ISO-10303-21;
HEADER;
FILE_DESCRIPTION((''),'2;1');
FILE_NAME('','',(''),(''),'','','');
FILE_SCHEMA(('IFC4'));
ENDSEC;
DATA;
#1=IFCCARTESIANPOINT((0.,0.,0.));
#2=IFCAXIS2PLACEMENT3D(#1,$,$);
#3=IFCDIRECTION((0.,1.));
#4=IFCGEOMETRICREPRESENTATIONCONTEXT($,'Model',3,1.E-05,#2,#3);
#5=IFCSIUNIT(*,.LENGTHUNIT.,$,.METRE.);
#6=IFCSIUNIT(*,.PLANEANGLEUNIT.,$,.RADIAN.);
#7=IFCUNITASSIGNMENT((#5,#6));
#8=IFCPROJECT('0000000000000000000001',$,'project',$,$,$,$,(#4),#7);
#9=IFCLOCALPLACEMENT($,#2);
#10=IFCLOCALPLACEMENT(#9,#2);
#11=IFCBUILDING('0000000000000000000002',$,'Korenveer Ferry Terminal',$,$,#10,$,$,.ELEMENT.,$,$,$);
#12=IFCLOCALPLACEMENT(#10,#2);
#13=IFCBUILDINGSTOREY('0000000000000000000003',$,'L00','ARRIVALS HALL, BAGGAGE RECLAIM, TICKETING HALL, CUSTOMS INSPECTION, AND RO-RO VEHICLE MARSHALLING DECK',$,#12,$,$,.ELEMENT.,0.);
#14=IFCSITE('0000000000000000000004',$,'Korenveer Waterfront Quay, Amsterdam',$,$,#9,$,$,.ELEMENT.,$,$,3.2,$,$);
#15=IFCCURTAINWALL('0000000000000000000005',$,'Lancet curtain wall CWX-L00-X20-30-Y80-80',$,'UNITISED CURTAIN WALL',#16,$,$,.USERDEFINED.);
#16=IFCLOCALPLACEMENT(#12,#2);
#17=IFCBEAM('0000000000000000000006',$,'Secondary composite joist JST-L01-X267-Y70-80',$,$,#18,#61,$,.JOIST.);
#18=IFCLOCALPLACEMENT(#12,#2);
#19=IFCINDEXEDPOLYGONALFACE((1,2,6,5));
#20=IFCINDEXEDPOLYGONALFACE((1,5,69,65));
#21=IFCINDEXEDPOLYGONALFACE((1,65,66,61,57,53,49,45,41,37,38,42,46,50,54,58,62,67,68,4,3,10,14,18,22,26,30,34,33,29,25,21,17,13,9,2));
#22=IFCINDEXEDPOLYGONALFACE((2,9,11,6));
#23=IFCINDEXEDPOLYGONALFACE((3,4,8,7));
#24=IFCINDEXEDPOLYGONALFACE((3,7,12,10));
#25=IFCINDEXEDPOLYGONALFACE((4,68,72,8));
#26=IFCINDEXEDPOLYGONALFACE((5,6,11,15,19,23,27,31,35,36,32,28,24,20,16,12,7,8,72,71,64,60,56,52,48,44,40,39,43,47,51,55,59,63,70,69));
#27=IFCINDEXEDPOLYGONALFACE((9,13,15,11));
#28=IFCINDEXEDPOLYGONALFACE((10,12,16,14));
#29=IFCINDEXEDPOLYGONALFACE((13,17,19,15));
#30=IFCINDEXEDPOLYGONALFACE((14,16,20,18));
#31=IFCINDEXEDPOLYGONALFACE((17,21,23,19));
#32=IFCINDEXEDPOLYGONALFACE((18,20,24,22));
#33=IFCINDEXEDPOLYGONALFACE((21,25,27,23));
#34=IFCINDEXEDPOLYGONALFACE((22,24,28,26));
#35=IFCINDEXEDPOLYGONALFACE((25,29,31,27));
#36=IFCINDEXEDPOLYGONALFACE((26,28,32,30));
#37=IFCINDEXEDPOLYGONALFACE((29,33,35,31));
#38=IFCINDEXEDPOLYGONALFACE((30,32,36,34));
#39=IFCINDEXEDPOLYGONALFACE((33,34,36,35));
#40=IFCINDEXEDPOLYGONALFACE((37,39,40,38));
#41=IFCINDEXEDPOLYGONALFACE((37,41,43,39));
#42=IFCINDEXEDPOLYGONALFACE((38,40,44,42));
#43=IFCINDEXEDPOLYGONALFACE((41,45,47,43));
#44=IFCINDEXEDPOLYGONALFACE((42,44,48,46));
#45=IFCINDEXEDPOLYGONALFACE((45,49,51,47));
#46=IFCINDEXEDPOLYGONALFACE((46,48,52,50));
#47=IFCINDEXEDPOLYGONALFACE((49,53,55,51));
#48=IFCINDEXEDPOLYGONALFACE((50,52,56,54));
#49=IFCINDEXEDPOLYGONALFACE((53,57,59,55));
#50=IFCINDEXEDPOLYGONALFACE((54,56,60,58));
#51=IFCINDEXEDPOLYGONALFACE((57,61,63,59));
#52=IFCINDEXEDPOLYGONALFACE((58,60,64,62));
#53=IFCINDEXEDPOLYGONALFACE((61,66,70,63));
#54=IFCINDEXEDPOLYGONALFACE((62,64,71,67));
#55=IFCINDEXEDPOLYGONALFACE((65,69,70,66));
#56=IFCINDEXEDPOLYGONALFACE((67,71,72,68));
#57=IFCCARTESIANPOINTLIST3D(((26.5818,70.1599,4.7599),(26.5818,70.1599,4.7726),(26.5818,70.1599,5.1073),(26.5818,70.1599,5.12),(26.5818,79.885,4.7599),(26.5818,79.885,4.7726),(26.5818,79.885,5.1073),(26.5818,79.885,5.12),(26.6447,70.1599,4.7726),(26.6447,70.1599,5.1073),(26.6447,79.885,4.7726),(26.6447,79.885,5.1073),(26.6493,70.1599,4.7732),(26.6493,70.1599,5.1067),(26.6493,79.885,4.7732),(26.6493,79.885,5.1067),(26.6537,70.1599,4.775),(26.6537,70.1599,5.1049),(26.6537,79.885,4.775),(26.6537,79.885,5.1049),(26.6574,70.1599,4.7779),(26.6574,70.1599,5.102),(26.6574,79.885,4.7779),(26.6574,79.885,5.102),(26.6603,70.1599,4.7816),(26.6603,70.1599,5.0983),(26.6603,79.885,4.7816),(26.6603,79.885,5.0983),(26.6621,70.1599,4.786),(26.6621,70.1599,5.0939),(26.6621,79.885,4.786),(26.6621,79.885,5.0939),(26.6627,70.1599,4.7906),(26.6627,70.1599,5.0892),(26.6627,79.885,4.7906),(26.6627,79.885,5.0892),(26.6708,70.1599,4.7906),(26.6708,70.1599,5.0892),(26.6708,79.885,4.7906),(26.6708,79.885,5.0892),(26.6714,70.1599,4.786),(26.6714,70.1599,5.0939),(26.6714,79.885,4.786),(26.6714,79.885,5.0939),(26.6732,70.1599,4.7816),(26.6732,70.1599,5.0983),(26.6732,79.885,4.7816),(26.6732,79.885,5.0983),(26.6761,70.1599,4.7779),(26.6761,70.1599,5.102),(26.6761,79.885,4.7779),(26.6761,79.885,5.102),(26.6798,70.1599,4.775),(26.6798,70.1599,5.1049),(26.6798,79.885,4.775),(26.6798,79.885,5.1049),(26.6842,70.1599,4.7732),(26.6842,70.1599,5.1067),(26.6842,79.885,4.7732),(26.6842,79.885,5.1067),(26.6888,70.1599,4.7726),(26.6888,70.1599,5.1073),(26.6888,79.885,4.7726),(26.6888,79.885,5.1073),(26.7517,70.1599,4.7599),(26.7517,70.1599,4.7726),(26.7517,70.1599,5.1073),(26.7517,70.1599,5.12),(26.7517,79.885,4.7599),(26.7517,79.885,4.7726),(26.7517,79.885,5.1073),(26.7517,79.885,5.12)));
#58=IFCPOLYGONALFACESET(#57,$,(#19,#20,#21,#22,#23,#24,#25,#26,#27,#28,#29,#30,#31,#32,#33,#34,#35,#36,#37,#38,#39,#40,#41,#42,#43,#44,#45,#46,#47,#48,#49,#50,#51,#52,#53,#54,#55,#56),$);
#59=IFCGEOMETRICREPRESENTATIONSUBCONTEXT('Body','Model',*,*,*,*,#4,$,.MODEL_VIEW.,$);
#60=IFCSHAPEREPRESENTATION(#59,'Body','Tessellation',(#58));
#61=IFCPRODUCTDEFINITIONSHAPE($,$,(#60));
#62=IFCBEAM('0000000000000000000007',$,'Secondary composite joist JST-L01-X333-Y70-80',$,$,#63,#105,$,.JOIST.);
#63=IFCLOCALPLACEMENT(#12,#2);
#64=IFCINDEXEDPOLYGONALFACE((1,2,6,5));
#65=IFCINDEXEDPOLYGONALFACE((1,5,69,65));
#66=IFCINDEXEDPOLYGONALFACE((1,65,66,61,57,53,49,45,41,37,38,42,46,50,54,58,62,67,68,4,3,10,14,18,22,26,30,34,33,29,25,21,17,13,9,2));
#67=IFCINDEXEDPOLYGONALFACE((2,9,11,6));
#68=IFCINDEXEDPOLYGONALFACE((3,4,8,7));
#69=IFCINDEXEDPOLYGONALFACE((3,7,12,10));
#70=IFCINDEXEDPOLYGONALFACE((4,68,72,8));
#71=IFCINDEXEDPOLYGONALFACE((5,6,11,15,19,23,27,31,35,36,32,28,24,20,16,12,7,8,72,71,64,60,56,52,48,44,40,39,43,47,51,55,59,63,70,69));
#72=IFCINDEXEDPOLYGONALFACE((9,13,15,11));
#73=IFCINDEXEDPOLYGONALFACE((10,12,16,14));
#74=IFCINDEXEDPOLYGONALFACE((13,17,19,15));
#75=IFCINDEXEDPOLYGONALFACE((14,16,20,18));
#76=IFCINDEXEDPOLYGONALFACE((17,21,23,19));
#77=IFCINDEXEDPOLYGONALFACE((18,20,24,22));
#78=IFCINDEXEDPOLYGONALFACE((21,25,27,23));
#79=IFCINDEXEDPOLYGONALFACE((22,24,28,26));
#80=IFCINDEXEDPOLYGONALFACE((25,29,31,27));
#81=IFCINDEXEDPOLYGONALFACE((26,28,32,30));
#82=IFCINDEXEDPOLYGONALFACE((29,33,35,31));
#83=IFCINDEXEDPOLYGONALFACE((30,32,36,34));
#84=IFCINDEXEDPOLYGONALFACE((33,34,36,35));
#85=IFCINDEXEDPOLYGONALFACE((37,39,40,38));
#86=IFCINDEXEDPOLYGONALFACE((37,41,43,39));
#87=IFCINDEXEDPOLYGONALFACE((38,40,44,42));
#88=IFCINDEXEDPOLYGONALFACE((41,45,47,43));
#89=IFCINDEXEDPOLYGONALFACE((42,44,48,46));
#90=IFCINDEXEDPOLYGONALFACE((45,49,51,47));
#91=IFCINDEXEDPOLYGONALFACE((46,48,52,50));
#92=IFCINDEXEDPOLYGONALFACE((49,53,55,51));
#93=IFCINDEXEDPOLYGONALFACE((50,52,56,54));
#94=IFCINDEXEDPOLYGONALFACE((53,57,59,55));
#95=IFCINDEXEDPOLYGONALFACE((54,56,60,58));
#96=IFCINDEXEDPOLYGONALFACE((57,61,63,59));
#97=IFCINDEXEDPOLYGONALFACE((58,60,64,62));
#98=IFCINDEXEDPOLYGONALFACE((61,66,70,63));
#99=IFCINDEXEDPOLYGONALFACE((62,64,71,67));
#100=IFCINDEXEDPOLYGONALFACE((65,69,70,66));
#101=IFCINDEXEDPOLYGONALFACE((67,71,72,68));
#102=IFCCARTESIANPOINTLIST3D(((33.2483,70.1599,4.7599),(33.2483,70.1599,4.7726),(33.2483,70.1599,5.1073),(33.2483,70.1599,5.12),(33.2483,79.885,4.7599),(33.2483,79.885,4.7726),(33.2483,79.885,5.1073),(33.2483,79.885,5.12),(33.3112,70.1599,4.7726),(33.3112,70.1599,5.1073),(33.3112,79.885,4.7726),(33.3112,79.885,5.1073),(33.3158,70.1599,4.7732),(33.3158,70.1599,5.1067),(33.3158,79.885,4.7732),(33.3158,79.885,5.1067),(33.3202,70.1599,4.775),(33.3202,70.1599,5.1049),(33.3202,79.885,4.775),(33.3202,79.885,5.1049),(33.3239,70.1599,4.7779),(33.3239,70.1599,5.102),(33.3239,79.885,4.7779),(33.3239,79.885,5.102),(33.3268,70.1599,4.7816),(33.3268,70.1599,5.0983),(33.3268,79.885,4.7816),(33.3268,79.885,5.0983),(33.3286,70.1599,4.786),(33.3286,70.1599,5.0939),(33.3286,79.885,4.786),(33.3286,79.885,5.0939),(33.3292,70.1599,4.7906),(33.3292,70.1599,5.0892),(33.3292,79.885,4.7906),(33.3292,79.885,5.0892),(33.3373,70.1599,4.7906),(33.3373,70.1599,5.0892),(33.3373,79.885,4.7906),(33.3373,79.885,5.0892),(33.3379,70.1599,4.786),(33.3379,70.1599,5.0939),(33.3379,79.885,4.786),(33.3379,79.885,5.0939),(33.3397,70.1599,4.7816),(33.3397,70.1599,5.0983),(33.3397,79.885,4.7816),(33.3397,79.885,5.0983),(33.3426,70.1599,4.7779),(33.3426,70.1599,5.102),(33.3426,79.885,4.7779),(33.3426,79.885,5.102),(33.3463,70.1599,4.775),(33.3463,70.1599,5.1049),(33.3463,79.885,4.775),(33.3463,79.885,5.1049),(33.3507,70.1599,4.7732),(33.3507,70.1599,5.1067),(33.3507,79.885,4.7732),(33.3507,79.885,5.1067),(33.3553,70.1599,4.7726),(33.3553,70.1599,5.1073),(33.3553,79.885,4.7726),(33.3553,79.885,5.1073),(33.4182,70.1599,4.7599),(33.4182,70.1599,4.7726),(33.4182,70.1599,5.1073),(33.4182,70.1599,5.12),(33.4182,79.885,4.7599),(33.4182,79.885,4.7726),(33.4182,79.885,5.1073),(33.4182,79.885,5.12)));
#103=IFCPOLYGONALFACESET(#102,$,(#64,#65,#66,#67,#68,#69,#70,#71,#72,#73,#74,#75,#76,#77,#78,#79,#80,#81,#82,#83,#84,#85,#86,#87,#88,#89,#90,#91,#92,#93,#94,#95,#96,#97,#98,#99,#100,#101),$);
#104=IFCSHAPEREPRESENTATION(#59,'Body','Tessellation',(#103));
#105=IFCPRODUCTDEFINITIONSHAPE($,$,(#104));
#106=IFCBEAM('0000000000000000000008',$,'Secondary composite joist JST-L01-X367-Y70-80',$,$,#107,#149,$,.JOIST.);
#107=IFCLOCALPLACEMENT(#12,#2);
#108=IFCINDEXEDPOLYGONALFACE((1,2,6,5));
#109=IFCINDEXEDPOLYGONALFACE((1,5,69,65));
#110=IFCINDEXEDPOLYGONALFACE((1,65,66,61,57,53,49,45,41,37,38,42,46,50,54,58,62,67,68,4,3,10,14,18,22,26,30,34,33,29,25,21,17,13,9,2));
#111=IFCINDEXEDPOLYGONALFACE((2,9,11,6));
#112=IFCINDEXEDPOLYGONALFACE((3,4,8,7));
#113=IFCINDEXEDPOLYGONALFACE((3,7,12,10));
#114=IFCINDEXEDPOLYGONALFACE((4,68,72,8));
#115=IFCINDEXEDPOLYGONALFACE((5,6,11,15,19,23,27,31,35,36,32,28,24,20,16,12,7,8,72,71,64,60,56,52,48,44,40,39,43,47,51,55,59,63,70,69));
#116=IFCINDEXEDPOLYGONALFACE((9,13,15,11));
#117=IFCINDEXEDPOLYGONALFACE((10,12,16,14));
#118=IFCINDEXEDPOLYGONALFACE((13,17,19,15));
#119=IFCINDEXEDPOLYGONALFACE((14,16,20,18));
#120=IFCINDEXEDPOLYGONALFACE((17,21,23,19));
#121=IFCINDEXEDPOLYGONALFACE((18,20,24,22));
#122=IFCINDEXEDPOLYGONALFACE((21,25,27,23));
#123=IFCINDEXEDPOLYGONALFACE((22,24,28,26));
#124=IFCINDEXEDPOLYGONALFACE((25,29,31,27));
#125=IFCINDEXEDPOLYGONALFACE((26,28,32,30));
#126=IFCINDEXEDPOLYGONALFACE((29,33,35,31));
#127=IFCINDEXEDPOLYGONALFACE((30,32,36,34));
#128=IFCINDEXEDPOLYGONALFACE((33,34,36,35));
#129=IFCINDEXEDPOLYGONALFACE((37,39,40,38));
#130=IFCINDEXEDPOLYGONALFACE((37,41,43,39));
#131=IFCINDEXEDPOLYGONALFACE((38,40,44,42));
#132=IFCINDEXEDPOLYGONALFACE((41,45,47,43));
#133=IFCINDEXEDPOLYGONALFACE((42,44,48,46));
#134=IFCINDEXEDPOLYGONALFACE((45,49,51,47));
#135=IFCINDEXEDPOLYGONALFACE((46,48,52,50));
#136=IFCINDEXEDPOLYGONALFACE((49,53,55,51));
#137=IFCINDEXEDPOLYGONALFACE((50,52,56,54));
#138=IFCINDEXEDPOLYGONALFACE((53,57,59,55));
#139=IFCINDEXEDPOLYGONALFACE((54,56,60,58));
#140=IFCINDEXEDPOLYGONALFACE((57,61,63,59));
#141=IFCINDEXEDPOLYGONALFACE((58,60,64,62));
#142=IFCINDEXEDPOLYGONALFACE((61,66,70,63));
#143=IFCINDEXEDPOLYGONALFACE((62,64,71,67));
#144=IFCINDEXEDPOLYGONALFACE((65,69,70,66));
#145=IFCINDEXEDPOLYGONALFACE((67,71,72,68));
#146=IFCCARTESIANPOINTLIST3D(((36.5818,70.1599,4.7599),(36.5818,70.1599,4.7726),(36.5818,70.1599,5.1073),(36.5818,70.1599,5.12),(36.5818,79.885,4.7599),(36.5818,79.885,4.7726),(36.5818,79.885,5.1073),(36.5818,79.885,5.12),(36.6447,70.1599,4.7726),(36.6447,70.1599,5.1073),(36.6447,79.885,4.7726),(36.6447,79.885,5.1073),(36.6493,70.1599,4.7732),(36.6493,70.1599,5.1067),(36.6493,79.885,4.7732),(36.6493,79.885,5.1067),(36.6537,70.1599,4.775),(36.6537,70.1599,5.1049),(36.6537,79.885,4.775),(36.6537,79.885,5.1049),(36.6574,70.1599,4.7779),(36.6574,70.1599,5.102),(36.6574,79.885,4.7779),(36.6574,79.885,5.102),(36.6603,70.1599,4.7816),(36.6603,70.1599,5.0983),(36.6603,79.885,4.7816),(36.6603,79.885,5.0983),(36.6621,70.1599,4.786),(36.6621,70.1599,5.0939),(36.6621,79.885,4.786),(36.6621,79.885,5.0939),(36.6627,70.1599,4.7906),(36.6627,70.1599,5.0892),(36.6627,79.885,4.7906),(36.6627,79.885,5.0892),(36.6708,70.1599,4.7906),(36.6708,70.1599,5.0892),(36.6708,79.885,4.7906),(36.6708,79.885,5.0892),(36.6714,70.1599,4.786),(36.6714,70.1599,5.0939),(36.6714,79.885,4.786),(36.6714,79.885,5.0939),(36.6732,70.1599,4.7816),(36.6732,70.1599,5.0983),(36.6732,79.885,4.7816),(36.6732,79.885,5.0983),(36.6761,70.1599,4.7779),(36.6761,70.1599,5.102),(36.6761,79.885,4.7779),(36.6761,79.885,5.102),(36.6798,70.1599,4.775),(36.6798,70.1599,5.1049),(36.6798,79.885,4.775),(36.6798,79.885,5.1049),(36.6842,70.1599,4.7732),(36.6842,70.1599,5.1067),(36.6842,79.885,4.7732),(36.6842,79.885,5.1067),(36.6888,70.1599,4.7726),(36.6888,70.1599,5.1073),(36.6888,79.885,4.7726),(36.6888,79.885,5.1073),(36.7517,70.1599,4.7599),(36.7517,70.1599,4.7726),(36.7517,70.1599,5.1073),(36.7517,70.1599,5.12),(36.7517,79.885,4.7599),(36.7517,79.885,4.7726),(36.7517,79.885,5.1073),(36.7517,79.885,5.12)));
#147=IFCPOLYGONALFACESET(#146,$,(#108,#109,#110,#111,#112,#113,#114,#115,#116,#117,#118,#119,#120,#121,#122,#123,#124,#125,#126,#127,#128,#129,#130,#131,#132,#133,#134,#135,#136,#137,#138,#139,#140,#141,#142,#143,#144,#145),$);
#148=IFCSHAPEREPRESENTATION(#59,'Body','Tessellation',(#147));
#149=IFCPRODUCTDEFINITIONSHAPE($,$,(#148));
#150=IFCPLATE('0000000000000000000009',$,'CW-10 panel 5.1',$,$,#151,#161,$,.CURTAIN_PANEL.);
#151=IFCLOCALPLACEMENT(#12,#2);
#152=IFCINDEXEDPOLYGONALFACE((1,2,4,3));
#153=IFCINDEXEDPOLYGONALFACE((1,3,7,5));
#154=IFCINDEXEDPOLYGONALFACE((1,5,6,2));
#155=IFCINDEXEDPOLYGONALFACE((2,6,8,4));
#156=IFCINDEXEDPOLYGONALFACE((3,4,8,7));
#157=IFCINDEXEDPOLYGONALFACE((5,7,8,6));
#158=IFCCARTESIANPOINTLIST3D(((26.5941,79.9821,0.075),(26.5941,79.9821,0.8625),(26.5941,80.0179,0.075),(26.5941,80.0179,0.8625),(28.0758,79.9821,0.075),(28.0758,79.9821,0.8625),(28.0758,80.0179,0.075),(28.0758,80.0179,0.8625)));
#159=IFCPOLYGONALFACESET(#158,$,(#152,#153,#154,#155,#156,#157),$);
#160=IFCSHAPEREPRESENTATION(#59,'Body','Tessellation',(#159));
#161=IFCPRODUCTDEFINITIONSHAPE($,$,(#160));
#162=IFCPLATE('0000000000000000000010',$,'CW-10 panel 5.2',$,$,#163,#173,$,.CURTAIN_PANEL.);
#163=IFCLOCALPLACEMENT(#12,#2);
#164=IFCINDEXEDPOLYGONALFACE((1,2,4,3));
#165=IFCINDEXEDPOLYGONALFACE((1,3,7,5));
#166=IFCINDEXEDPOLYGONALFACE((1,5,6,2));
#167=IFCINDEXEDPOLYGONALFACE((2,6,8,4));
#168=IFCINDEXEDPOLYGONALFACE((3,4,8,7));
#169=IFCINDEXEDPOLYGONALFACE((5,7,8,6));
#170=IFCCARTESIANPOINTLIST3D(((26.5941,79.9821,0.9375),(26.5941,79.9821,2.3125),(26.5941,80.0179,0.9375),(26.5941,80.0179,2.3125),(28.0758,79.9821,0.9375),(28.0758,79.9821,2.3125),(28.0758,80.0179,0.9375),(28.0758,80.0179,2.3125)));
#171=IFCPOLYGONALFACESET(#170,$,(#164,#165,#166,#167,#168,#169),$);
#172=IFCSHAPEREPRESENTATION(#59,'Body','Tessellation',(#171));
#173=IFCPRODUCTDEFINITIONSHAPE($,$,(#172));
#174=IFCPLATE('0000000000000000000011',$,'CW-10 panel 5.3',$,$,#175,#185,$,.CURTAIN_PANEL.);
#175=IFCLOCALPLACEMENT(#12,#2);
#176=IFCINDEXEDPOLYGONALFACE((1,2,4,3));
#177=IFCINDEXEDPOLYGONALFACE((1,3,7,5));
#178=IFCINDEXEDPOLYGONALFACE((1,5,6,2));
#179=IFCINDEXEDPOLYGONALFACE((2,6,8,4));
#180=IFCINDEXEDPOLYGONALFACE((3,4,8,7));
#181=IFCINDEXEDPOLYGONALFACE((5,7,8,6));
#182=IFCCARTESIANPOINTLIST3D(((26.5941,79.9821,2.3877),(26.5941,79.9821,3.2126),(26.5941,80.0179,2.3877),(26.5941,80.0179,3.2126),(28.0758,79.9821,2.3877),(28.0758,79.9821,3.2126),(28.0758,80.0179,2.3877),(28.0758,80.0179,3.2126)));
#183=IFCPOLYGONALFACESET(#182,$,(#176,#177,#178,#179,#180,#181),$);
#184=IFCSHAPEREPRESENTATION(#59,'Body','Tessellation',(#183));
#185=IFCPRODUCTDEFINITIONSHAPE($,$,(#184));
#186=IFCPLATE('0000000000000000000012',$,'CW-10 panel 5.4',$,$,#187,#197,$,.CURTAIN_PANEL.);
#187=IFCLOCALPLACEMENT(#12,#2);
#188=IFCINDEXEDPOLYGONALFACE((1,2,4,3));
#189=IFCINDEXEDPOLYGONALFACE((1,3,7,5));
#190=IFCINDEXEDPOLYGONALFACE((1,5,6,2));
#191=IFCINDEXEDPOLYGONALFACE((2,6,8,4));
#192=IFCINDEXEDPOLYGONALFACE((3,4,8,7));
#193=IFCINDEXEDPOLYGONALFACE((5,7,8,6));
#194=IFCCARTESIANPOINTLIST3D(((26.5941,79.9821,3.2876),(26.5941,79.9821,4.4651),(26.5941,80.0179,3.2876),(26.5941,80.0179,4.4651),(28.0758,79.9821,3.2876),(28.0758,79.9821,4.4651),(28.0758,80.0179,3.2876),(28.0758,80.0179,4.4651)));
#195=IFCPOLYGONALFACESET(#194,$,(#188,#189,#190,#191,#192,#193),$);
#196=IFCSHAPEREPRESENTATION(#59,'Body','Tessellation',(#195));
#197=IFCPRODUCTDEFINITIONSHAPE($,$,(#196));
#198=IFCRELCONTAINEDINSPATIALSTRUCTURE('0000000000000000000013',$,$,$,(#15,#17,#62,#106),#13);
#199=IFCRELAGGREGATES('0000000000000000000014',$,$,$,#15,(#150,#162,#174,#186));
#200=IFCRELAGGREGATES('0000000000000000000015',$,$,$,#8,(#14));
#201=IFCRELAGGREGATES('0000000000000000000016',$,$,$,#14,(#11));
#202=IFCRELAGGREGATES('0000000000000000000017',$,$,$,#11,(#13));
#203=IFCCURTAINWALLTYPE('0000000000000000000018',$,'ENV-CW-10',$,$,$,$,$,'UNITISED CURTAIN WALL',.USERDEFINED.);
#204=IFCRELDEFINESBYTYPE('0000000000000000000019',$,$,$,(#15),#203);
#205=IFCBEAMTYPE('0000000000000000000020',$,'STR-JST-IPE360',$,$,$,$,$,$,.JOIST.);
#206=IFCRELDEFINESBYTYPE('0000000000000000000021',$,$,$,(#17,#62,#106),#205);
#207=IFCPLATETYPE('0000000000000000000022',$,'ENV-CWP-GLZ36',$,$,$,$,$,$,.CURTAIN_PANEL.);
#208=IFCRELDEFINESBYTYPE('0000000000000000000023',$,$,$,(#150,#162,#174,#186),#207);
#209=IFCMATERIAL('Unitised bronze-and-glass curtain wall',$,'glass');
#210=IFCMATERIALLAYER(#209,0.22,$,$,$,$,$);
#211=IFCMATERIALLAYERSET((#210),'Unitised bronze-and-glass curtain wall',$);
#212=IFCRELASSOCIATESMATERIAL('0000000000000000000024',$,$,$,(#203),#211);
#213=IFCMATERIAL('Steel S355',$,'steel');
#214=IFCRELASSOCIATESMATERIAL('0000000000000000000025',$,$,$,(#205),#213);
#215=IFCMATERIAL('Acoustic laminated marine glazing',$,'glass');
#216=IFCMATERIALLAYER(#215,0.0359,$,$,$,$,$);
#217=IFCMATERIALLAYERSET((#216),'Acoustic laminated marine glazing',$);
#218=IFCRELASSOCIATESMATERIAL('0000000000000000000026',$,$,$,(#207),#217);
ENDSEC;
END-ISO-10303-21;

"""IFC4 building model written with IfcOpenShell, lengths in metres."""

from ifc_helpers import new_model, si_unit, direction, frame, origin, origin_2d, place, context, subcontext, project, spatial, rectangle, i_section, extrude, material, layer, layer_set, material_profile, profile_set, type_object, element, aggregate, save


model = new_model("IFC4")

# Units and contexts
model_context = context("Model", 3, precision=1e-05, world=origin(), true_north=direction((0.0, 1.0)))
body_context = subcontext(model_context, "Body", "Model", "MODEL_VIEW")
ifc_project = project(units=[si_unit("LENGTHUNIT", "METRE"), si_unit("PLANEANGLEUNIT", "RADIAN")], contexts=[model_context])

# Site, building, storey
site_placement = place(None, origin())
site = spatial("IfcSite", under=ifc_project, at=site_placement, Name="Korenveer Waterfront Quay, Amsterdam", CompositionType="ELEMENT", RefElevation=3.2)
building_placement = place(site_placement, origin())
building = spatial("IfcBuilding", under=site, at=building_placement, Name="Korenveer Ferry Terminal", CompositionType="ELEMENT")
storey_placement = place(building_placement, origin())
storey = spatial("IfcBuildingStorey", under=building, at=storey_placement, Name="L00", Description="ARRIVALS HALL, BAGGAGE RECLAIM, TICKETING HALL, CUSTOMS INSPECTION, AND RO-RO VEHICLE MARSHALLING DECK", CompositionType="ELEMENT", Elevation=0.0)

# Curtain wall
ifc_material_1 = material(Name="Unitised bronze-and-glass curtain wall", Category="glass")
ifc_layer_1 = layer(ifc_material_1, 0.22)
ifc_layer_set_1 = layer_set([ifc_layer_1], Name="Unitised bronze-and-glass curtain wall")
curtain_wall_type = type_object("IfcCurtainWallType", Name="ENV-CW-10", ElementType="UNITISED CURTAIN WALL", PredefinedType="USERDEFINED", material=ifc_layer_set_1)
curtain_wall_placement = place(storey_placement, frame((20.3301, 80.0, 0.0)))
curtain_wall = element("IfcCurtainWall", 1, at=curtain_wall_placement, inside=storey, type_object=curtain_wall_type, Name="Lancet curtain wall CWX-L00-X20-30-Y80-80", ObjectType="UNITISED CURTAIN WALL", PredefinedType="USERDEFINED")

# Beams
ifc_material_2 = material(Name="Steel S355", Category="steel")
ifc_material_profile_1 = material_profile(ifc_material_2, i_section(OverallWidth=0.1699, OverallDepth=0.3601, WebThickness=0.0081, FlangeThickness=0.0127, FilletRadius=0.0181, at=origin_2d()), Name="IPE 360")
ifc_profile_set_1 = profile_set([ifc_material_profile_1], Name="Steel S355")
beam_type_1 = type_object("IfcBeamType", Name="STR-JST-IPE360", PredefinedType="JOIST", material=ifc_profile_set_1)
for number, where, z_axis, x_axis, name in (
    (2, (26.6667, 70.1599, 4.9399), (0.0, 1.0, 0.0), (-1.0, 0.0, 0.0), "Secondary composite joist JST-L01-X267-Y70-80"),
    (3, (33.3333, 70.1599, 4.9399), (0.0, 1.0, 0.0), (-1.0, 0.0, 0.0), "Secondary composite joist JST-L01-X333-Y70-80"),
    (4, (36.6667, 70.1599, 4.9399), (0.0, 1.0, 0.0), (-1.0, 0.0, 0.0), "Secondary composite joist JST-L01-X367-Y70-80"),
):
    element("IfcBeam", number, at=place(storey_placement, frame(where, z_axis=z_axis, x_axis=x_axis)), inside=storey, type_object=beam_type_1, Name=name, PredefinedType="JOIST", context=body_context, shape_type="SweptSolid", body=[
        extrude(i_section(OverallWidth=0.1699, OverallDepth=0.3601, WebThickness=0.0081, FlangeThickness=0.0127, FilletRadius=0.0181, at=origin_2d()), origin(), (0.0, 0.0, 1.0), 9.7251),
    ])

# Plates
ifc_material_3 = material(Name="Acoustic laminated marine glazing", Category="glass")
ifc_layer_2 = layer(ifc_material_3, 0.0359)
ifc_layer_set_2 = layer_set([ifc_layer_2], Name="Acoustic laminated marine glazing")
plate_type = type_object("IfcPlateType", Name="ENV-CWP-GLZ36", PredefinedType="CURTAIN_PANEL", material=ifc_layer_set_2)
plate_1_placement = place(storey_placement, frame((27.335, 80.0, 0.075), z_axis=(0.0, 0.0, 1.0), x_axis=(1.0, 0.0, 0.0)))
plate_1 = element("IfcPlate", 5, at=plate_1_placement, type_object=plate_type, Name="CW-10 panel 5.1", PredefinedType="CURTAIN_PANEL", context=body_context, shape_type="SweptSolid", body=[
    extrude(rectangle(XDim=1.4817, YDim=0.0359, at=origin_2d()), origin(), (0.0, 0.0, 1.0), 0.7876),
])
plate_2_placement = place(storey_placement, frame((27.335, 80.0, 0.9375), z_axis=(0.0, 0.0, 1.0), x_axis=(1.0, 0.0, 0.0)))
plate_2 = element("IfcPlate", 6, at=plate_2_placement, type_object=plate_type, Name="CW-10 panel 5.2", PredefinedType="CURTAIN_PANEL", context=body_context, shape_type="SweptSolid", body=[
    extrude(rectangle(XDim=1.4817, YDim=0.0359, at=origin_2d()), origin(), (0.0, 0.0, 1.0), 1.375),
])
plate_3_placement = place(storey_placement, frame((27.335, 80.0, 2.3877), z_axis=(0.0, 0.0, 1.0), x_axis=(1.0, 0.0, 0.0)))
plate_3 = element("IfcPlate", 7, at=plate_3_placement, type_object=plate_type, Name="CW-10 panel 5.3", PredefinedType="CURTAIN_PANEL", context=body_context, shape_type="SweptSolid", body=[
    extrude(rectangle(XDim=1.4817, YDim=0.0359, at=origin_2d()), origin(), (0.0, 0.0, 1.0), 0.825),
])
plate_4_placement = place(storey_placement, frame((27.335, 80.0, 3.2876), z_axis=(0.0, 0.0, 1.0), x_axis=(1.0, 0.0, 0.0)))
plate_4 = element("IfcPlate", 8, at=plate_4_placement, type_object=plate_type, Name="CW-10 panel 5.4", PredefinedType="CURTAIN_PANEL", context=body_context, shape_type="SweptSolid", body=[
    extrude(rectangle(XDim=1.4817, YDim=0.0359, at=origin_2d()), origin(), (0.0, 0.0, 1.0), 1.1775),
])
aggregate(curtain_wall, [plate_1, plate_2, plate_3, plate_4])

save(model, "model.ifc")
